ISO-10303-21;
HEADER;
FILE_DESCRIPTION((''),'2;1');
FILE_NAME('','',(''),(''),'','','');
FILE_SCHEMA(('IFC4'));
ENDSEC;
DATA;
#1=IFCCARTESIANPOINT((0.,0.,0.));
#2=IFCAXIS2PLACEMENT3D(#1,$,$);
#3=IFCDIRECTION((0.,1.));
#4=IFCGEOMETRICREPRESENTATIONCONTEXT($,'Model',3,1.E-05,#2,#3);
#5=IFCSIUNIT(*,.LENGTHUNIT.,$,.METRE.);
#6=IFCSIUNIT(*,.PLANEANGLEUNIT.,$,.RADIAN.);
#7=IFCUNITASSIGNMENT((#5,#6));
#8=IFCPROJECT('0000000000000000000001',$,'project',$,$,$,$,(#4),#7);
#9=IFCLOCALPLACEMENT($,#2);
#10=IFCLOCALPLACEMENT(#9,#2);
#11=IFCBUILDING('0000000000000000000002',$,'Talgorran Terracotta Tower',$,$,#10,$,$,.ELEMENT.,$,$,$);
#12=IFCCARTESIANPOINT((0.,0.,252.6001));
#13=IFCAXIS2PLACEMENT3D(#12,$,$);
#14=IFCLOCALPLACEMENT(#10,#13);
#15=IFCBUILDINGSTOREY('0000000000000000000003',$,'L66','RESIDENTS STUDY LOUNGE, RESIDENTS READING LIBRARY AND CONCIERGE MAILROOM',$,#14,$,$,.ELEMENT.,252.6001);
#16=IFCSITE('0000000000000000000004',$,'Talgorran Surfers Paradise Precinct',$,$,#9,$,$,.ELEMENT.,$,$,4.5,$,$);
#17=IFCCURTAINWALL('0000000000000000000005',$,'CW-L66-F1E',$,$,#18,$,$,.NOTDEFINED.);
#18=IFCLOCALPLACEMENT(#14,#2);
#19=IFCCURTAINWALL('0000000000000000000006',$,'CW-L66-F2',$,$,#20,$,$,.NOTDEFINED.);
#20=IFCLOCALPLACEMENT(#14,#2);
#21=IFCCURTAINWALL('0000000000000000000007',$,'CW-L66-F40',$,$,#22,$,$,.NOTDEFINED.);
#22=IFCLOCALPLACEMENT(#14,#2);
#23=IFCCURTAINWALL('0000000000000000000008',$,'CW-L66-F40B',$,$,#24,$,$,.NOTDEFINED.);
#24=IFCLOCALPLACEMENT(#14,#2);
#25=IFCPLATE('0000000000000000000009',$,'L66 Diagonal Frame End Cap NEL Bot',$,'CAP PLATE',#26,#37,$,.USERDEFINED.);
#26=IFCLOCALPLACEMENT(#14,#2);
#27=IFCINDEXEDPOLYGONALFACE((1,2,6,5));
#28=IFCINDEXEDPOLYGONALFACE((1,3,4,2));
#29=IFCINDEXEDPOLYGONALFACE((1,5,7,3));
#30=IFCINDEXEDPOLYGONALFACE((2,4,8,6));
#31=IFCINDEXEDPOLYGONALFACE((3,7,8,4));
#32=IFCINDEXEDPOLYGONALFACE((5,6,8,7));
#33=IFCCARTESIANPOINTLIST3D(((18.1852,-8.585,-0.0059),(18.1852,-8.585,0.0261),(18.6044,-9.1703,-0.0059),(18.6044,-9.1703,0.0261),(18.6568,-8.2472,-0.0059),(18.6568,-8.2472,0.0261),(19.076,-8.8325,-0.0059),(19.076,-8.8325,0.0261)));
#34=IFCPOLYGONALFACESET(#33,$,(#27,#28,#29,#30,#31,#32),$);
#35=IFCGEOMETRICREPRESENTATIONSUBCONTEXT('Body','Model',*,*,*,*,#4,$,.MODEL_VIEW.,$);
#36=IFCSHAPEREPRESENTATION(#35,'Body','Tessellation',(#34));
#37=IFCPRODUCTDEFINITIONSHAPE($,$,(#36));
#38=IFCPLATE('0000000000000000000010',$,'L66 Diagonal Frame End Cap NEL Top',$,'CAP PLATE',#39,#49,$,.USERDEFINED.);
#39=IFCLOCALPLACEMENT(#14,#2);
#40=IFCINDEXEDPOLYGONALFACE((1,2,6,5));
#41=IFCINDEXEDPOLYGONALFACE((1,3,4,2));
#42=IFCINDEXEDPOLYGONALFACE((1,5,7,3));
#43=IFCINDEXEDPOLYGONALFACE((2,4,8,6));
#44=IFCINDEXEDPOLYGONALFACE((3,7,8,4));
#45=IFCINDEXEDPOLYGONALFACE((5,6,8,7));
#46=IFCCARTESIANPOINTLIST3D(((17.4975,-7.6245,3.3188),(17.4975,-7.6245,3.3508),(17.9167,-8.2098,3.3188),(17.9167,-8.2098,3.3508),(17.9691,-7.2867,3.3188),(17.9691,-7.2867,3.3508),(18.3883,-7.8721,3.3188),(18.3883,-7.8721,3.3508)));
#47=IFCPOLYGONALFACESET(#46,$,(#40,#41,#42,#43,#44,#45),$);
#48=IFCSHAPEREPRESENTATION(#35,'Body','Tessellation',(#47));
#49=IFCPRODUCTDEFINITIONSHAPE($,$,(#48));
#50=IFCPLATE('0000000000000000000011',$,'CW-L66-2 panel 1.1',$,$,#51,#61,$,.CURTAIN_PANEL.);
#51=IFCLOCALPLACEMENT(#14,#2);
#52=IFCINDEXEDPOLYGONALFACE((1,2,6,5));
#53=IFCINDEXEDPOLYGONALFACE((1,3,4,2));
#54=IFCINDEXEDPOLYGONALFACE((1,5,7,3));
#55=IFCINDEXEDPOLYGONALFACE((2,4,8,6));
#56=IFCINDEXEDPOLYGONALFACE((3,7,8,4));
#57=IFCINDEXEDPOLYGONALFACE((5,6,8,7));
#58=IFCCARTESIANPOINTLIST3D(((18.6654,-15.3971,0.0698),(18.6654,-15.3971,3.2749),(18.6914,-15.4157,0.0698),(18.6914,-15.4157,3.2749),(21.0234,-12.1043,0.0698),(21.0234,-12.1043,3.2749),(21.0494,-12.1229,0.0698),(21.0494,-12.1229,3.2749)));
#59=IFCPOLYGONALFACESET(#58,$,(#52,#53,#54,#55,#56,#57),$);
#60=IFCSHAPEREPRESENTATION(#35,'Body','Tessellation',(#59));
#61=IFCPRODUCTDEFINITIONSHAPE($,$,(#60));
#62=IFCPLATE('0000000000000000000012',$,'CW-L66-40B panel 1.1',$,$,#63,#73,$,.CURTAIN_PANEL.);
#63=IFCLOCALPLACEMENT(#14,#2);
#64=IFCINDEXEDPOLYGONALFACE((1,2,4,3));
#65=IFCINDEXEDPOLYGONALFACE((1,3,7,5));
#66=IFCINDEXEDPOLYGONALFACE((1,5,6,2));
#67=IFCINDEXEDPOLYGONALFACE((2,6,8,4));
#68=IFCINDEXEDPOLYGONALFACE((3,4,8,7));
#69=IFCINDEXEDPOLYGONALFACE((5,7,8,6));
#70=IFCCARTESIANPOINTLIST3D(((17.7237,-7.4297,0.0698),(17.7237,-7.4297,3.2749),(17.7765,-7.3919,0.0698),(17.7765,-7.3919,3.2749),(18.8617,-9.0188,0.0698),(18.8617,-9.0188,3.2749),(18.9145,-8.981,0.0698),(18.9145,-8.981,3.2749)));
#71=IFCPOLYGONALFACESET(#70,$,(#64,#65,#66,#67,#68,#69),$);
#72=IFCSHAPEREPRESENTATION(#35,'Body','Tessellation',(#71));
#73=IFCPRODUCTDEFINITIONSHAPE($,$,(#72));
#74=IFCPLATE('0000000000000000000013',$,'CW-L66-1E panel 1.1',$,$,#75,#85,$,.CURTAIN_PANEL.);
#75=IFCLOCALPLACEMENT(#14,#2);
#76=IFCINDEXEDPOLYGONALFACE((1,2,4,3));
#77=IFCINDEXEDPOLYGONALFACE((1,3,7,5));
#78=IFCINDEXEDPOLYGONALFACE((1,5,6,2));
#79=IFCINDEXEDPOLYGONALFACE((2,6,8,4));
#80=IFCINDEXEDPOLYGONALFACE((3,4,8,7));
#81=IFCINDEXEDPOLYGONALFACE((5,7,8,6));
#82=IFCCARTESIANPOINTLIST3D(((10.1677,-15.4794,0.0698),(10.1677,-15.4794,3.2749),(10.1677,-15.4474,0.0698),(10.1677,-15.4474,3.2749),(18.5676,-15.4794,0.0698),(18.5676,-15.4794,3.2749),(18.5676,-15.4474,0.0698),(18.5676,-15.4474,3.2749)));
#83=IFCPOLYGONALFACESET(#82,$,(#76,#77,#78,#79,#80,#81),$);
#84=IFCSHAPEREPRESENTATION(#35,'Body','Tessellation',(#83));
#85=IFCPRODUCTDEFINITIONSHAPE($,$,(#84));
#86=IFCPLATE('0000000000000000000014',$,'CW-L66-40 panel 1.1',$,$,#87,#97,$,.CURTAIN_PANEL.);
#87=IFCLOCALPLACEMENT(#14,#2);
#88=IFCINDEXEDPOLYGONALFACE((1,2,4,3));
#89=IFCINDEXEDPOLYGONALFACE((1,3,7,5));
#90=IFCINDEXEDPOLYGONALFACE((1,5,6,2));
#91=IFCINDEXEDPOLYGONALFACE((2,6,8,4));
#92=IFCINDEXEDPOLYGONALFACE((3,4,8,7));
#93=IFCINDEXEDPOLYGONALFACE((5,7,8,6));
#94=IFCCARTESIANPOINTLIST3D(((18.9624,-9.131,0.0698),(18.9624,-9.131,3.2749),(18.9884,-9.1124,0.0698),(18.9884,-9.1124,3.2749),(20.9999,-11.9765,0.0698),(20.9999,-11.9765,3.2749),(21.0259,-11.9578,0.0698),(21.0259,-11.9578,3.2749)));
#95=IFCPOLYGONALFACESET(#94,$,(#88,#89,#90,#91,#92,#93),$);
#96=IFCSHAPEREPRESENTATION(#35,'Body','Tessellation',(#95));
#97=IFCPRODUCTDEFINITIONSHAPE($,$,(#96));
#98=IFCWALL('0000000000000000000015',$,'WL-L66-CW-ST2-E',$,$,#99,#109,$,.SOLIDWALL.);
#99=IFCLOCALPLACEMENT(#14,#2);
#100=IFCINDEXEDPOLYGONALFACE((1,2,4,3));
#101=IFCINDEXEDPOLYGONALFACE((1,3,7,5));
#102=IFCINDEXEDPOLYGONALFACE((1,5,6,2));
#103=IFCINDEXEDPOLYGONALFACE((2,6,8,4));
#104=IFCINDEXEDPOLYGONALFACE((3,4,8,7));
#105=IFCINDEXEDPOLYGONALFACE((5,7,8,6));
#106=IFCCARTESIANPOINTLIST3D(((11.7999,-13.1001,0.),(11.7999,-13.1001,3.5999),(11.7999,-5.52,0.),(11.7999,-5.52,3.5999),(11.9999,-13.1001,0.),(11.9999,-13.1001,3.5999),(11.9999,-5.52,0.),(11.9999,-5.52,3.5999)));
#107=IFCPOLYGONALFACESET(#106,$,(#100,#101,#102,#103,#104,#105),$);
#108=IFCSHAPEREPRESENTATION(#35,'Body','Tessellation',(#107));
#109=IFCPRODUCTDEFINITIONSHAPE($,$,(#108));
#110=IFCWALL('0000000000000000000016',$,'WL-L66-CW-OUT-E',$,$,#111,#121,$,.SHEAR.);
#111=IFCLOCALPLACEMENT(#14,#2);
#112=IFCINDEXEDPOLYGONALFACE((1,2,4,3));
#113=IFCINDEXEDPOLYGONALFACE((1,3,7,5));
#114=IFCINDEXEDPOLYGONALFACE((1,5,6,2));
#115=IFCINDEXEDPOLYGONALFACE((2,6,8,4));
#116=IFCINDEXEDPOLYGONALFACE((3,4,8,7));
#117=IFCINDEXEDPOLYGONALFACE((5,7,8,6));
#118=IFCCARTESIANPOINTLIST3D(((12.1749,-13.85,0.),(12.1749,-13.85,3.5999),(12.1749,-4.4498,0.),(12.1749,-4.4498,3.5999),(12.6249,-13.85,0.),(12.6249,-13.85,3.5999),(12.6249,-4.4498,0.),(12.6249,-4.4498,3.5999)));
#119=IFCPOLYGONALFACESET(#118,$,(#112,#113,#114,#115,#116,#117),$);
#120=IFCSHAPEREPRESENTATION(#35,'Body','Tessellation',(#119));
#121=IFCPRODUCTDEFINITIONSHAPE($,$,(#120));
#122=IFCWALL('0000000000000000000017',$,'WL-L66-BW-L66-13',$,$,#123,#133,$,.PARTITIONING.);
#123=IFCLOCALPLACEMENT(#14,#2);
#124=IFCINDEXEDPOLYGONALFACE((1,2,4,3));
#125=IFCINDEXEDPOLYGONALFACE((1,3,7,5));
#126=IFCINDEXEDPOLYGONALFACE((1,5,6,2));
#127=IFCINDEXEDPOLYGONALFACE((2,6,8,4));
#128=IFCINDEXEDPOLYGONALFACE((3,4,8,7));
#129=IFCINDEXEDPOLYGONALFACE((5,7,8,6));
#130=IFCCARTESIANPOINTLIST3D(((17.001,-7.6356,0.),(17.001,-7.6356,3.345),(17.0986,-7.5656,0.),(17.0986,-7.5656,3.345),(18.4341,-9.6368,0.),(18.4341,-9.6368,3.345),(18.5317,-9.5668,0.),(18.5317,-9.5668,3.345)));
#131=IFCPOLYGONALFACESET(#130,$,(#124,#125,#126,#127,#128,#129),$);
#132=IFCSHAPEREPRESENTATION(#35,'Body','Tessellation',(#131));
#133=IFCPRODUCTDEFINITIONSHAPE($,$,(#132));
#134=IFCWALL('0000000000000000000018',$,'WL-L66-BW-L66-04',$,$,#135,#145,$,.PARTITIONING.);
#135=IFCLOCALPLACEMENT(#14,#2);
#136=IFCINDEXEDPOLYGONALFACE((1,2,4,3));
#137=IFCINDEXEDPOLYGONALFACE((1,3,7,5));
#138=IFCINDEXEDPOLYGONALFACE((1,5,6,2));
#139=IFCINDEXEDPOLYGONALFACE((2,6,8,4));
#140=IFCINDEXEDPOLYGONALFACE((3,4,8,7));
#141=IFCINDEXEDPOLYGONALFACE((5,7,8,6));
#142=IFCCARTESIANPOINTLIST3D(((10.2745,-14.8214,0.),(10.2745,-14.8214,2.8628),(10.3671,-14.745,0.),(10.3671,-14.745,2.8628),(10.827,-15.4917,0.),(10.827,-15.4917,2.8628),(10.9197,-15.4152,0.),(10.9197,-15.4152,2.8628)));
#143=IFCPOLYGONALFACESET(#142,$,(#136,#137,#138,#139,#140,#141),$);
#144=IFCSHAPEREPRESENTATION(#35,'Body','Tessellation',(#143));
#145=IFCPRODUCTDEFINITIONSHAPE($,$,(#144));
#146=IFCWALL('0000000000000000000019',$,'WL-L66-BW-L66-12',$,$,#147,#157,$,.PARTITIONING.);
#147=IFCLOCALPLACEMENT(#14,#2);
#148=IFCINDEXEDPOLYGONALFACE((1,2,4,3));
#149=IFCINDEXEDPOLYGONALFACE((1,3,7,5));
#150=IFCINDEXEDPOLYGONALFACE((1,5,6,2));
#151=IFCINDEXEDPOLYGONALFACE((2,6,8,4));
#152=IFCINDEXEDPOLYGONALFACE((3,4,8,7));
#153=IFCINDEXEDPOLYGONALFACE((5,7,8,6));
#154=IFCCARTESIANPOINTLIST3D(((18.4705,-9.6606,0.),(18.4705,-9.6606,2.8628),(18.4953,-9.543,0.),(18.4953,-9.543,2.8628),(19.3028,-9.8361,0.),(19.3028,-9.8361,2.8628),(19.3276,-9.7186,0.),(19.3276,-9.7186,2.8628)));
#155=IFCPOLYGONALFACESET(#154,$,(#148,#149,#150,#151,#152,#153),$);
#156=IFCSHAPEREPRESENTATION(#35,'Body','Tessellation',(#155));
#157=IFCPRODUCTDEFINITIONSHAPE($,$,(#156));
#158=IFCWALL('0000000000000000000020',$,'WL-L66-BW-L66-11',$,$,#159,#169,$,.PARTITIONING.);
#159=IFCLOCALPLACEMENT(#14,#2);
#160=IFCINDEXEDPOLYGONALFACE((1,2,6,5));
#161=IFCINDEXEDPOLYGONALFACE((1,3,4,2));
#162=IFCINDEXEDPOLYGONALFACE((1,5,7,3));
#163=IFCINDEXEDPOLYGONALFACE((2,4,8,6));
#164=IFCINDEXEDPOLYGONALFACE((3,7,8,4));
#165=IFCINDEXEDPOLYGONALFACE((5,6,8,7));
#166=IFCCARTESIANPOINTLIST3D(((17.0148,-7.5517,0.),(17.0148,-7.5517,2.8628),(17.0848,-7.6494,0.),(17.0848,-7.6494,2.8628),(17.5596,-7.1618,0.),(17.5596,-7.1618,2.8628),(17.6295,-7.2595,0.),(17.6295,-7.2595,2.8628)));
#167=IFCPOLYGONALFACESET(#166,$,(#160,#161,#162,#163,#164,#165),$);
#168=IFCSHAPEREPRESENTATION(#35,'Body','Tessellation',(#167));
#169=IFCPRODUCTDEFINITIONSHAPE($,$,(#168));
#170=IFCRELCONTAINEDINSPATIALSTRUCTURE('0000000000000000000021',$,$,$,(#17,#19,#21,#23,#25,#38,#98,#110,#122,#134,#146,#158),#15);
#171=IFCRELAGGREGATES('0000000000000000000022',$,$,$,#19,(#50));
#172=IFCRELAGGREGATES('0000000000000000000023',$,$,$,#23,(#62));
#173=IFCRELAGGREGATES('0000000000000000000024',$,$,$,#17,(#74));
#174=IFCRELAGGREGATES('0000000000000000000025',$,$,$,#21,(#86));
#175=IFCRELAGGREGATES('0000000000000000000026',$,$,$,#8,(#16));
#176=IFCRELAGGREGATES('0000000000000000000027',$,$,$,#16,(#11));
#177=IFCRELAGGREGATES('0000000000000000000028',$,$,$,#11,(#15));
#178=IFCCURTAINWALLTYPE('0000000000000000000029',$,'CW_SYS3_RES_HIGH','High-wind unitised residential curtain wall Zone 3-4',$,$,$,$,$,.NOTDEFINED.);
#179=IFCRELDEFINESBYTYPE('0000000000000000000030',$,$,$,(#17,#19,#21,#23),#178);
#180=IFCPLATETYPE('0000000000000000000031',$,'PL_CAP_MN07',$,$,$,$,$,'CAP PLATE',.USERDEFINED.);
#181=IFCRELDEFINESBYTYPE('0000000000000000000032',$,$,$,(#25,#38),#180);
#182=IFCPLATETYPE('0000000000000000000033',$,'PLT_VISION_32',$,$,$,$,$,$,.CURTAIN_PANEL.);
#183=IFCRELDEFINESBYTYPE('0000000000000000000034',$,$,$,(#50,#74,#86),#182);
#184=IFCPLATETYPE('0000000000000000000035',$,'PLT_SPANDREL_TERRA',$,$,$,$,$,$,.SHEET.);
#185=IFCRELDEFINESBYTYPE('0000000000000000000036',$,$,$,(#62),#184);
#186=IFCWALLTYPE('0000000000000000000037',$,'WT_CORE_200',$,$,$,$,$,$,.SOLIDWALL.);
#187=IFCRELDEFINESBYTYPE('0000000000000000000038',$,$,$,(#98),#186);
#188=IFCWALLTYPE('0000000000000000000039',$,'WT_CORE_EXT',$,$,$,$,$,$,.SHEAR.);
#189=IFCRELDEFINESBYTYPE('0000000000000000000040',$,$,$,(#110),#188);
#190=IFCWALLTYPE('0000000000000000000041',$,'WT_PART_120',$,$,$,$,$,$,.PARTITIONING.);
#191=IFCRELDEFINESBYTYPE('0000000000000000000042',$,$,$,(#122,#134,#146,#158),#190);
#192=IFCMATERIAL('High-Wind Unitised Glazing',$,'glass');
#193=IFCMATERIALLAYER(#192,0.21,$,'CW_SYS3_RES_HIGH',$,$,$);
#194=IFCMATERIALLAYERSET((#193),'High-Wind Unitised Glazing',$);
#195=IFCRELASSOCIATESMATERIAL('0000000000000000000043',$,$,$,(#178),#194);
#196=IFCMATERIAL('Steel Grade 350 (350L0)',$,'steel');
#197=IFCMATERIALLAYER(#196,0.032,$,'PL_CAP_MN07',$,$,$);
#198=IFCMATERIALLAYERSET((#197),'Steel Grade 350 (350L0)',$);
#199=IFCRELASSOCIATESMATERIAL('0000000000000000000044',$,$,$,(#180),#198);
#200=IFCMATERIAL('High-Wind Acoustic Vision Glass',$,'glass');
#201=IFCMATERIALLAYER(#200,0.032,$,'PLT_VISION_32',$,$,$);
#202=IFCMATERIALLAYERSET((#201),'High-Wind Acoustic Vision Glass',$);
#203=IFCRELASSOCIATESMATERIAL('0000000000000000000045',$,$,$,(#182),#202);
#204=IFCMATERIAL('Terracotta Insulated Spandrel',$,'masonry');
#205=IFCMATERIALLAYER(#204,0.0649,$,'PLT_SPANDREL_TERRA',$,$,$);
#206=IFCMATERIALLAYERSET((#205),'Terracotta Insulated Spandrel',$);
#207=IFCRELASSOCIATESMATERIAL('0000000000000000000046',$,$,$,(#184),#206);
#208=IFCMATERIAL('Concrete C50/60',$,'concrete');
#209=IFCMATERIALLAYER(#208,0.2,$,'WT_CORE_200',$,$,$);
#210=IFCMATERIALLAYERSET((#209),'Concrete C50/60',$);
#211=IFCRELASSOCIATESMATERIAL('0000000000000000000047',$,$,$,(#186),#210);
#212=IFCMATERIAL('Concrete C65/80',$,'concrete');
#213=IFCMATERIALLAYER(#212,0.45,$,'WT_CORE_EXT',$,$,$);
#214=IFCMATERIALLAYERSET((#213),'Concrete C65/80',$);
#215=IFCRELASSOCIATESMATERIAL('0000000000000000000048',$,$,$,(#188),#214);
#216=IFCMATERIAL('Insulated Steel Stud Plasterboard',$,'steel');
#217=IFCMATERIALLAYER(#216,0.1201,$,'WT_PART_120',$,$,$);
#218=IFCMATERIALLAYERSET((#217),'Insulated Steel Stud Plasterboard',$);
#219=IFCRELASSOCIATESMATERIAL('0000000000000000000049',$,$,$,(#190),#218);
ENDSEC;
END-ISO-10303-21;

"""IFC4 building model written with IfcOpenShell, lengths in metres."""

from ifc_helpers import new_model, si_unit, direction, frame, frame_2d, origin, origin_2d, place, context, subcontext, project, spatial, rectangle, extrude, source, transform, mapped, material, layer, layer_set, type_object, type_shapes, element, aggregate, save


model = new_model("IFC4")

# Units and contexts
model_context = context("Model", 3, precision=1e-05, world=origin(), true_north=direction((0.0, 1.0)))
body_context = subcontext(model_context, "Body", "Model", "MODEL_VIEW")
ifc_project = project(units=[si_unit("LENGTHUNIT", "METRE"), si_unit("PLANEANGLEUNIT", "RADIAN")], contexts=[model_context])

# Site, building, storey
site_placement = place(None, origin())
site = spatial("IfcSite", under=ifc_project, at=site_placement, Name="Talgorran Surfers Paradise Precinct", CompositionType="ELEMENT", RefElevation=4.5)
building_placement = place(site_placement, origin())
building = spatial("IfcBuilding", under=site, at=building_placement, Name="Talgorran Terracotta Tower", CompositionType="ELEMENT")
storey_placement = place(building_placement, frame((0.0, 0.0, 252.6001)))
storey = spatial("IfcBuildingStorey", under=building, at=storey_placement, Name="L66", Description="RESIDENTS STUDY LOUNGE, RESIDENTS READING LIBRARY AND CONCIERGE MAILROOM", CompositionType="ELEMENT", Elevation=252.6001)

# Shared definitions
ifc_material_1 = material(Name="Steel Grade 350 (350L0)", Category="steel")

# Curtain wall
ifc_material_2 = material(Name="High-Wind Unitised Glazing", Category="glass")
ifc_layer_1 = layer(ifc_material_2, 0.21, Name="CW_SYS3_RES_HIGH")
ifc_layer_set_1 = layer_set([ifc_layer_1], Name="High-Wind Unitised Glazing")
curtain_wall_type = type_object("IfcCurtainWallType", Name="CW_SYS3_RES_HIGH", Description="High-wind unitised residential curtain wall Zone 3-4", PredefinedType="NOTDEFINED", material=ifc_layer_set_1)
curtain_wall_1_placement = place(storey_placement, origin())
curtain_wall_1 = element("IfcCurtainWall", 1, at=curtain_wall_1_placement, inside=storey, type_object=curtain_wall_type, Name="CW-L66-F1E", PredefinedType="NOTDEFINED")

# Curtain walls
curtain_wall_2_placement = place(storey_placement, origin())
curtain_wall_2 = element("IfcCurtainWall", 2, at=curtain_wall_2_placement, inside=storey, type_object=curtain_wall_type, Name="CW-L66-F2", PredefinedType="NOTDEFINED")
curtain_wall_3_placement = place(storey_placement, origin())
curtain_wall_3 = element("IfcCurtainWall", 3, at=curtain_wall_3_placement, inside=storey, type_object=curtain_wall_type, Name="CW-L66-F40", PredefinedType="NOTDEFINED")
curtain_wall_4_placement = place(storey_placement, origin())
curtain_wall_4 = element("IfcCurtainWall", 4, at=curtain_wall_4_placement, inside=storey, type_object=curtain_wall_type, Name="CW-L66-F40B", PredefinedType="NOTDEFINED")

# Plates
ifc_layer_2 = layer(ifc_material_1, 0.032, Name="PL_CAP_MN07")
ifc_layer_set_2 = layer_set([ifc_layer_2], Name="Steel Grade 350 (350L0)")
plate_type_1 = type_object("IfcPlateType", Name="PL_CAP_MN07", ElementType="CAP PLATE", PredefinedType="USERDEFINED", material=ifc_layer_set_2)
for number, where, z_axis, x_axis, name in (
    (5, (18.6306, -8.7087, -0.0059), (0.0, 0.0, 1.0), (-0.582265, 0.812999, 0.0), "L66 Diagonal Frame End Cap NEL Bot"),
    (6, (17.9429, -7.7483, 3.3188), (0.0, 0.0, 1.0), (-0.582265, 0.812999, 0.0), "L66 Diagonal Frame End Cap NEL Top"),
):
    element("IfcPlate", number, at=place(storey_placement, frame(where, z_axis=z_axis, x_axis=x_axis)), inside=storey, type_object=plate_type_1, Name=name, ObjectType="CAP PLATE", PredefinedType="USERDEFINED", context=body_context, shape_type="SweptSolid", body=[
        extrude(rectangle(XDim=0.72, YDim=0.5801, at=origin_2d()), origin(), (0.0, 0.0, 1.0), 0.032),
    ])

# Plates
ifc_material_3 = material(Name="High-Wind Acoustic Vision Glass", Category="glass")
ifc_layer_3 = layer(ifc_material_3, 0.032, Name="PLT_VISION_32")
ifc_layer_set_3 = layer_set([ifc_layer_3], Name="High-Wind Acoustic Vision Glass")
plate_type_2 = type_object("IfcPlateType", Name="PLT_VISION_32", PredefinedType="CURTAIN_PANEL", material=ifc_layer_set_3)
shared_shape_1 = source(origin(), body_context, "Body", "SweptSolid", [
    extrude(rectangle(XDim=4.05, YDim=0.032, at=origin_2d()), origin(), (0.0, 0.0, 1.0), 3.2051),
])
plate_1_placement = place(storey_placement, frame((19.8574, -13.76, 0.0698), z_axis=(0.0, 0.0, 1.0), x_axis=(0.58222, 0.813031, 0.0)))
plate_1 = element("IfcPlate", 7, at=plate_1_placement, type_object=plate_type_2, Name="CW-L66-2 panel 1.1", PredefinedType="CURTAIN_PANEL", context=body_context, shape_type="MappedRepresentation", body=[
    mapped(shared_shape_1, transform((0.0, 0.0, 0.0), scale=1.0)),
])
aggregate(curtain_wall_2, [plate_1])
ifc_material_4 = material(Name="Terracotta Insulated Spandrel", Category="masonry")
ifc_layer_4 = layer(ifc_material_4, 0.0649, Name="PLT_SPANDREL_TERRA")
ifc_layer_set_4 = layer_set([ifc_layer_4], Name="Terracotta Insulated Spandrel")
plate_type_3 = type_object("IfcPlateType", Name="PLT_SPANDREL_TERRA", PredefinedType="SHEET", material=ifc_layer_set_4)
shared_shape_2 = source(origin(), body_context, "Body", "SweptSolid", [
    extrude(rectangle(XDim=1.9546, YDim=0.0649, at=origin_2d()), origin(), (0.0, 0.0, 1.0), 3.2051),
])
type_shapes(plate_type_3, [shared_shape_2])
plate_2_placement = place(storey_placement, frame((18.3191, -8.2053, 0.0698), z_axis=(0.0, 0.0, 1.0), x_axis=(-0.582231, 0.813023, 0.0)))
plate_2 = element("IfcPlate", 8, at=plate_2_placement, type_object=plate_type_3, Name="CW-L66-40B panel 1.1", PredefinedType="CURTAIN_PANEL", context=body_context, shape_type="MappedRepresentation", body=[
    mapped(shared_shape_2, transform((0.0, 0.0, 0.0), scale=1.0)),
])
aggregate(curtain_wall_4, [plate_2])
shared_shape_3 = source(origin(), body_context, "Body", "SweptSolid", [
    extrude(rectangle(XDim=8.3999, YDim=0.032, at=origin_2d()), origin(), (0.0, 0.0, 1.0), 3.2051),
])
plate_3_placement = place(storey_placement, frame((14.3677, -15.4634, 0.0698), z_axis=(0.0, 0.0, 1.0), x_axis=(1.0, 0.0, 0.0)))
plate_3 = element("IfcPlate", 9, at=plate_3_placement, type_object=plate_type_2, Name="CW-L66-1E panel 1.1", PredefinedType="CURTAIN_PANEL", context=body_context, shape_type="MappedRepresentation", body=[
    mapped(shared_shape_3, transform((0.0, 0.0, 0.0), scale=1.0)),
])
aggregate(curtain_wall_1, [plate_3])
shared_shape_4 = source(origin(), body_context, "Body", "SweptSolid", [
    extrude(rectangle(XDim=3.4998, YDim=0.032, at=origin_2d()), origin(), (0.0, 0.0, 1.0), 3.2051),
])
type_shapes(plate_type_2, [shared_shape_1, shared_shape_3, shared_shape_4])
plate_4_placement = place(storey_placement, frame((19.9941, -10.5444, 0.0698), z_axis=(0.0, 0.0, 1.0), x_axis=(-0.582205, 0.813042, 0.0)))
plate_4 = element("IfcPlate", 10, at=plate_4_placement, type_object=plate_type_2, Name="CW-L66-40 panel 1.1", PredefinedType="CURTAIN_PANEL", context=body_context, shape_type="MappedRepresentation", body=[
    mapped(shared_shape_4, transform((0.0, 0.0, 0.0), scale=1.0)),
])
aggregate(curtain_wall_3, [plate_4])

# Walls
ifc_material_5 = material(Name="Concrete C50/60", Category="concrete")
ifc_layer_5 = layer(ifc_material_5, 0.2, Name="WT_CORE_200")
ifc_layer_set_5 = layer_set([ifc_layer_5], Name="Concrete C50/60")
wall_type_1 = type_object("IfcWallType", Name="WT_CORE_200", PredefinedType="SOLIDWALL", material=ifc_layer_set_5)
wall_1_placement = place(storey_placement, frame((11.8999, -13.1001, 0.0), z_axis=(0.0, 0.0, 1.0), x_axis=(0.0, 1.0, 0.0)))
element("IfcWall", 11, at=wall_1_placement, inside=storey, type_object=wall_type_1, Name="WL-L66-CW-ST2-E", PredefinedType="SOLIDWALL", context=body_context, shape_type="SweptSolid", body=[
    extrude(rectangle(XDim=7.5801, YDim=0.2, at=frame_2d((3.79, 0.0))), origin(), (0.0, 0.0, 1.0), 3.5999),
])
ifc_material_6 = material(Name="Concrete C65/80", Category="concrete")
ifc_layer_6 = layer(ifc_material_6, 0.45, Name="WT_CORE_EXT")
ifc_layer_set_6 = layer_set([ifc_layer_6], Name="Concrete C65/80")
wall_type_2 = type_object("IfcWallType", Name="WT_CORE_EXT", PredefinedType="SHEAR", material=ifc_layer_set_6)
wall_2_placement = place(storey_placement, frame((12.3999, -13.8501, 0.0), z_axis=(0.0, 0.0, 1.0), x_axis=(0.0, 1.0, 0.0)))
element("IfcWall", 12, at=wall_2_placement, inside=storey, type_object=wall_type_2, Name="WL-L66-CW-OUT-E", PredefinedType="SHEAR", context=body_context, shape_type="SweptSolid", body=[
    extrude(rectangle(XDim=9.4001, YDim=0.45, at=frame_2d((4.7002, 0.0))), origin(), (0.0, 0.0, 1.0), 3.5999),
])
ifc_material_7 = material(Name="Insulated Steel Stud Plasterboard", Category="steel")
ifc_layer_7 = layer(ifc_material_7, 0.1201, Name="WT_PART_120")
ifc_layer_set_7 = layer_set([ifc_layer_7], Name="Insulated Steel Stud Plasterboard")
wall_type_3 = type_object("IfcWallType", Name="WT_PART_120", PredefinedType="PARTITIONING", material=ifc_layer_set_7)
wall_3_placement = place(storey_placement, frame((18.4829, -9.6018, 0.0), z_axis=(0.0, 0.0, 1.0), x_axis=(-0.582223, 0.813029, 0.0)))
element("IfcWall", 13, at=wall_3_placement, inside=storey, type_object=wall_type_3, Name="WL-L66-BW-L66-13", PredefinedType="PARTITIONING", context=body_context, shape_type="SweptSolid", body=[
    extrude(rectangle(XDim=2.4614, YDim=0.1201, at=frame_2d((1.2307, 0.0))), origin(), (0.0, 0.0, 1.0), 3.345),
])
wall_4_placement = place(storey_placement, frame((10.3208, -14.7832, 0.0), z_axis=(0.0, 0.0, 1.0), x_axis=(0.636111, -0.771597, 0.0)))
element("IfcWall", 14, at=wall_4_placement, inside=storey, type_object=wall_type_3, Name="WL-L66-BW-L66-04", PredefinedType="PARTITIONING", context=body_context, shape_type="SweptSolid", body=[
    extrude(rectangle(XDim=0.8687, YDim=0.1201, at=frame_2d((0.4343, 0.0))), origin(), (0.0, 0.0, 1.0), 2.8628),
])
wall_5_placement = place(storey_placement, frame((19.3152, -9.7773, 0.0), z_axis=(0.0, 0.0, 1.0), x_axis=(-0.978474, 0.206372, 0.0)))
element("IfcWall", 15, at=wall_5_placement, inside=storey, type_object=wall_type_3, Name="WL-L66-BW-L66-12", PredefinedType="PARTITIONING", context=body_context, shape_type="SweptSolid", body=[
    extrude(rectangle(XDim=0.8506, YDim=0.1201, at=frame_2d((0.4253, 0.0))), origin(), (0.0, 0.0, 1.0), 2.8628),
])
wall_6_placement = place(storey_placement, frame((17.0498, -7.6006, 0.0), z_axis=(0.0, 0.0, 1.0), x_axis=(0.813142, 0.582065, 0.0)))
element("IfcWall", 16, at=wall_6_placement, inside=storey, type_object=wall_type_3, Name="WL-L66-BW-L66-11", PredefinedType="PARTITIONING", context=body_context, shape_type="SweptSolid", body=[
    extrude(rectangle(XDim=0.6699, YDim=0.1201, at=frame_2d((0.335, 0.0))), origin(), (0.0, 0.0, 1.0), 2.8628),
])

save(model, "model.ifc")
